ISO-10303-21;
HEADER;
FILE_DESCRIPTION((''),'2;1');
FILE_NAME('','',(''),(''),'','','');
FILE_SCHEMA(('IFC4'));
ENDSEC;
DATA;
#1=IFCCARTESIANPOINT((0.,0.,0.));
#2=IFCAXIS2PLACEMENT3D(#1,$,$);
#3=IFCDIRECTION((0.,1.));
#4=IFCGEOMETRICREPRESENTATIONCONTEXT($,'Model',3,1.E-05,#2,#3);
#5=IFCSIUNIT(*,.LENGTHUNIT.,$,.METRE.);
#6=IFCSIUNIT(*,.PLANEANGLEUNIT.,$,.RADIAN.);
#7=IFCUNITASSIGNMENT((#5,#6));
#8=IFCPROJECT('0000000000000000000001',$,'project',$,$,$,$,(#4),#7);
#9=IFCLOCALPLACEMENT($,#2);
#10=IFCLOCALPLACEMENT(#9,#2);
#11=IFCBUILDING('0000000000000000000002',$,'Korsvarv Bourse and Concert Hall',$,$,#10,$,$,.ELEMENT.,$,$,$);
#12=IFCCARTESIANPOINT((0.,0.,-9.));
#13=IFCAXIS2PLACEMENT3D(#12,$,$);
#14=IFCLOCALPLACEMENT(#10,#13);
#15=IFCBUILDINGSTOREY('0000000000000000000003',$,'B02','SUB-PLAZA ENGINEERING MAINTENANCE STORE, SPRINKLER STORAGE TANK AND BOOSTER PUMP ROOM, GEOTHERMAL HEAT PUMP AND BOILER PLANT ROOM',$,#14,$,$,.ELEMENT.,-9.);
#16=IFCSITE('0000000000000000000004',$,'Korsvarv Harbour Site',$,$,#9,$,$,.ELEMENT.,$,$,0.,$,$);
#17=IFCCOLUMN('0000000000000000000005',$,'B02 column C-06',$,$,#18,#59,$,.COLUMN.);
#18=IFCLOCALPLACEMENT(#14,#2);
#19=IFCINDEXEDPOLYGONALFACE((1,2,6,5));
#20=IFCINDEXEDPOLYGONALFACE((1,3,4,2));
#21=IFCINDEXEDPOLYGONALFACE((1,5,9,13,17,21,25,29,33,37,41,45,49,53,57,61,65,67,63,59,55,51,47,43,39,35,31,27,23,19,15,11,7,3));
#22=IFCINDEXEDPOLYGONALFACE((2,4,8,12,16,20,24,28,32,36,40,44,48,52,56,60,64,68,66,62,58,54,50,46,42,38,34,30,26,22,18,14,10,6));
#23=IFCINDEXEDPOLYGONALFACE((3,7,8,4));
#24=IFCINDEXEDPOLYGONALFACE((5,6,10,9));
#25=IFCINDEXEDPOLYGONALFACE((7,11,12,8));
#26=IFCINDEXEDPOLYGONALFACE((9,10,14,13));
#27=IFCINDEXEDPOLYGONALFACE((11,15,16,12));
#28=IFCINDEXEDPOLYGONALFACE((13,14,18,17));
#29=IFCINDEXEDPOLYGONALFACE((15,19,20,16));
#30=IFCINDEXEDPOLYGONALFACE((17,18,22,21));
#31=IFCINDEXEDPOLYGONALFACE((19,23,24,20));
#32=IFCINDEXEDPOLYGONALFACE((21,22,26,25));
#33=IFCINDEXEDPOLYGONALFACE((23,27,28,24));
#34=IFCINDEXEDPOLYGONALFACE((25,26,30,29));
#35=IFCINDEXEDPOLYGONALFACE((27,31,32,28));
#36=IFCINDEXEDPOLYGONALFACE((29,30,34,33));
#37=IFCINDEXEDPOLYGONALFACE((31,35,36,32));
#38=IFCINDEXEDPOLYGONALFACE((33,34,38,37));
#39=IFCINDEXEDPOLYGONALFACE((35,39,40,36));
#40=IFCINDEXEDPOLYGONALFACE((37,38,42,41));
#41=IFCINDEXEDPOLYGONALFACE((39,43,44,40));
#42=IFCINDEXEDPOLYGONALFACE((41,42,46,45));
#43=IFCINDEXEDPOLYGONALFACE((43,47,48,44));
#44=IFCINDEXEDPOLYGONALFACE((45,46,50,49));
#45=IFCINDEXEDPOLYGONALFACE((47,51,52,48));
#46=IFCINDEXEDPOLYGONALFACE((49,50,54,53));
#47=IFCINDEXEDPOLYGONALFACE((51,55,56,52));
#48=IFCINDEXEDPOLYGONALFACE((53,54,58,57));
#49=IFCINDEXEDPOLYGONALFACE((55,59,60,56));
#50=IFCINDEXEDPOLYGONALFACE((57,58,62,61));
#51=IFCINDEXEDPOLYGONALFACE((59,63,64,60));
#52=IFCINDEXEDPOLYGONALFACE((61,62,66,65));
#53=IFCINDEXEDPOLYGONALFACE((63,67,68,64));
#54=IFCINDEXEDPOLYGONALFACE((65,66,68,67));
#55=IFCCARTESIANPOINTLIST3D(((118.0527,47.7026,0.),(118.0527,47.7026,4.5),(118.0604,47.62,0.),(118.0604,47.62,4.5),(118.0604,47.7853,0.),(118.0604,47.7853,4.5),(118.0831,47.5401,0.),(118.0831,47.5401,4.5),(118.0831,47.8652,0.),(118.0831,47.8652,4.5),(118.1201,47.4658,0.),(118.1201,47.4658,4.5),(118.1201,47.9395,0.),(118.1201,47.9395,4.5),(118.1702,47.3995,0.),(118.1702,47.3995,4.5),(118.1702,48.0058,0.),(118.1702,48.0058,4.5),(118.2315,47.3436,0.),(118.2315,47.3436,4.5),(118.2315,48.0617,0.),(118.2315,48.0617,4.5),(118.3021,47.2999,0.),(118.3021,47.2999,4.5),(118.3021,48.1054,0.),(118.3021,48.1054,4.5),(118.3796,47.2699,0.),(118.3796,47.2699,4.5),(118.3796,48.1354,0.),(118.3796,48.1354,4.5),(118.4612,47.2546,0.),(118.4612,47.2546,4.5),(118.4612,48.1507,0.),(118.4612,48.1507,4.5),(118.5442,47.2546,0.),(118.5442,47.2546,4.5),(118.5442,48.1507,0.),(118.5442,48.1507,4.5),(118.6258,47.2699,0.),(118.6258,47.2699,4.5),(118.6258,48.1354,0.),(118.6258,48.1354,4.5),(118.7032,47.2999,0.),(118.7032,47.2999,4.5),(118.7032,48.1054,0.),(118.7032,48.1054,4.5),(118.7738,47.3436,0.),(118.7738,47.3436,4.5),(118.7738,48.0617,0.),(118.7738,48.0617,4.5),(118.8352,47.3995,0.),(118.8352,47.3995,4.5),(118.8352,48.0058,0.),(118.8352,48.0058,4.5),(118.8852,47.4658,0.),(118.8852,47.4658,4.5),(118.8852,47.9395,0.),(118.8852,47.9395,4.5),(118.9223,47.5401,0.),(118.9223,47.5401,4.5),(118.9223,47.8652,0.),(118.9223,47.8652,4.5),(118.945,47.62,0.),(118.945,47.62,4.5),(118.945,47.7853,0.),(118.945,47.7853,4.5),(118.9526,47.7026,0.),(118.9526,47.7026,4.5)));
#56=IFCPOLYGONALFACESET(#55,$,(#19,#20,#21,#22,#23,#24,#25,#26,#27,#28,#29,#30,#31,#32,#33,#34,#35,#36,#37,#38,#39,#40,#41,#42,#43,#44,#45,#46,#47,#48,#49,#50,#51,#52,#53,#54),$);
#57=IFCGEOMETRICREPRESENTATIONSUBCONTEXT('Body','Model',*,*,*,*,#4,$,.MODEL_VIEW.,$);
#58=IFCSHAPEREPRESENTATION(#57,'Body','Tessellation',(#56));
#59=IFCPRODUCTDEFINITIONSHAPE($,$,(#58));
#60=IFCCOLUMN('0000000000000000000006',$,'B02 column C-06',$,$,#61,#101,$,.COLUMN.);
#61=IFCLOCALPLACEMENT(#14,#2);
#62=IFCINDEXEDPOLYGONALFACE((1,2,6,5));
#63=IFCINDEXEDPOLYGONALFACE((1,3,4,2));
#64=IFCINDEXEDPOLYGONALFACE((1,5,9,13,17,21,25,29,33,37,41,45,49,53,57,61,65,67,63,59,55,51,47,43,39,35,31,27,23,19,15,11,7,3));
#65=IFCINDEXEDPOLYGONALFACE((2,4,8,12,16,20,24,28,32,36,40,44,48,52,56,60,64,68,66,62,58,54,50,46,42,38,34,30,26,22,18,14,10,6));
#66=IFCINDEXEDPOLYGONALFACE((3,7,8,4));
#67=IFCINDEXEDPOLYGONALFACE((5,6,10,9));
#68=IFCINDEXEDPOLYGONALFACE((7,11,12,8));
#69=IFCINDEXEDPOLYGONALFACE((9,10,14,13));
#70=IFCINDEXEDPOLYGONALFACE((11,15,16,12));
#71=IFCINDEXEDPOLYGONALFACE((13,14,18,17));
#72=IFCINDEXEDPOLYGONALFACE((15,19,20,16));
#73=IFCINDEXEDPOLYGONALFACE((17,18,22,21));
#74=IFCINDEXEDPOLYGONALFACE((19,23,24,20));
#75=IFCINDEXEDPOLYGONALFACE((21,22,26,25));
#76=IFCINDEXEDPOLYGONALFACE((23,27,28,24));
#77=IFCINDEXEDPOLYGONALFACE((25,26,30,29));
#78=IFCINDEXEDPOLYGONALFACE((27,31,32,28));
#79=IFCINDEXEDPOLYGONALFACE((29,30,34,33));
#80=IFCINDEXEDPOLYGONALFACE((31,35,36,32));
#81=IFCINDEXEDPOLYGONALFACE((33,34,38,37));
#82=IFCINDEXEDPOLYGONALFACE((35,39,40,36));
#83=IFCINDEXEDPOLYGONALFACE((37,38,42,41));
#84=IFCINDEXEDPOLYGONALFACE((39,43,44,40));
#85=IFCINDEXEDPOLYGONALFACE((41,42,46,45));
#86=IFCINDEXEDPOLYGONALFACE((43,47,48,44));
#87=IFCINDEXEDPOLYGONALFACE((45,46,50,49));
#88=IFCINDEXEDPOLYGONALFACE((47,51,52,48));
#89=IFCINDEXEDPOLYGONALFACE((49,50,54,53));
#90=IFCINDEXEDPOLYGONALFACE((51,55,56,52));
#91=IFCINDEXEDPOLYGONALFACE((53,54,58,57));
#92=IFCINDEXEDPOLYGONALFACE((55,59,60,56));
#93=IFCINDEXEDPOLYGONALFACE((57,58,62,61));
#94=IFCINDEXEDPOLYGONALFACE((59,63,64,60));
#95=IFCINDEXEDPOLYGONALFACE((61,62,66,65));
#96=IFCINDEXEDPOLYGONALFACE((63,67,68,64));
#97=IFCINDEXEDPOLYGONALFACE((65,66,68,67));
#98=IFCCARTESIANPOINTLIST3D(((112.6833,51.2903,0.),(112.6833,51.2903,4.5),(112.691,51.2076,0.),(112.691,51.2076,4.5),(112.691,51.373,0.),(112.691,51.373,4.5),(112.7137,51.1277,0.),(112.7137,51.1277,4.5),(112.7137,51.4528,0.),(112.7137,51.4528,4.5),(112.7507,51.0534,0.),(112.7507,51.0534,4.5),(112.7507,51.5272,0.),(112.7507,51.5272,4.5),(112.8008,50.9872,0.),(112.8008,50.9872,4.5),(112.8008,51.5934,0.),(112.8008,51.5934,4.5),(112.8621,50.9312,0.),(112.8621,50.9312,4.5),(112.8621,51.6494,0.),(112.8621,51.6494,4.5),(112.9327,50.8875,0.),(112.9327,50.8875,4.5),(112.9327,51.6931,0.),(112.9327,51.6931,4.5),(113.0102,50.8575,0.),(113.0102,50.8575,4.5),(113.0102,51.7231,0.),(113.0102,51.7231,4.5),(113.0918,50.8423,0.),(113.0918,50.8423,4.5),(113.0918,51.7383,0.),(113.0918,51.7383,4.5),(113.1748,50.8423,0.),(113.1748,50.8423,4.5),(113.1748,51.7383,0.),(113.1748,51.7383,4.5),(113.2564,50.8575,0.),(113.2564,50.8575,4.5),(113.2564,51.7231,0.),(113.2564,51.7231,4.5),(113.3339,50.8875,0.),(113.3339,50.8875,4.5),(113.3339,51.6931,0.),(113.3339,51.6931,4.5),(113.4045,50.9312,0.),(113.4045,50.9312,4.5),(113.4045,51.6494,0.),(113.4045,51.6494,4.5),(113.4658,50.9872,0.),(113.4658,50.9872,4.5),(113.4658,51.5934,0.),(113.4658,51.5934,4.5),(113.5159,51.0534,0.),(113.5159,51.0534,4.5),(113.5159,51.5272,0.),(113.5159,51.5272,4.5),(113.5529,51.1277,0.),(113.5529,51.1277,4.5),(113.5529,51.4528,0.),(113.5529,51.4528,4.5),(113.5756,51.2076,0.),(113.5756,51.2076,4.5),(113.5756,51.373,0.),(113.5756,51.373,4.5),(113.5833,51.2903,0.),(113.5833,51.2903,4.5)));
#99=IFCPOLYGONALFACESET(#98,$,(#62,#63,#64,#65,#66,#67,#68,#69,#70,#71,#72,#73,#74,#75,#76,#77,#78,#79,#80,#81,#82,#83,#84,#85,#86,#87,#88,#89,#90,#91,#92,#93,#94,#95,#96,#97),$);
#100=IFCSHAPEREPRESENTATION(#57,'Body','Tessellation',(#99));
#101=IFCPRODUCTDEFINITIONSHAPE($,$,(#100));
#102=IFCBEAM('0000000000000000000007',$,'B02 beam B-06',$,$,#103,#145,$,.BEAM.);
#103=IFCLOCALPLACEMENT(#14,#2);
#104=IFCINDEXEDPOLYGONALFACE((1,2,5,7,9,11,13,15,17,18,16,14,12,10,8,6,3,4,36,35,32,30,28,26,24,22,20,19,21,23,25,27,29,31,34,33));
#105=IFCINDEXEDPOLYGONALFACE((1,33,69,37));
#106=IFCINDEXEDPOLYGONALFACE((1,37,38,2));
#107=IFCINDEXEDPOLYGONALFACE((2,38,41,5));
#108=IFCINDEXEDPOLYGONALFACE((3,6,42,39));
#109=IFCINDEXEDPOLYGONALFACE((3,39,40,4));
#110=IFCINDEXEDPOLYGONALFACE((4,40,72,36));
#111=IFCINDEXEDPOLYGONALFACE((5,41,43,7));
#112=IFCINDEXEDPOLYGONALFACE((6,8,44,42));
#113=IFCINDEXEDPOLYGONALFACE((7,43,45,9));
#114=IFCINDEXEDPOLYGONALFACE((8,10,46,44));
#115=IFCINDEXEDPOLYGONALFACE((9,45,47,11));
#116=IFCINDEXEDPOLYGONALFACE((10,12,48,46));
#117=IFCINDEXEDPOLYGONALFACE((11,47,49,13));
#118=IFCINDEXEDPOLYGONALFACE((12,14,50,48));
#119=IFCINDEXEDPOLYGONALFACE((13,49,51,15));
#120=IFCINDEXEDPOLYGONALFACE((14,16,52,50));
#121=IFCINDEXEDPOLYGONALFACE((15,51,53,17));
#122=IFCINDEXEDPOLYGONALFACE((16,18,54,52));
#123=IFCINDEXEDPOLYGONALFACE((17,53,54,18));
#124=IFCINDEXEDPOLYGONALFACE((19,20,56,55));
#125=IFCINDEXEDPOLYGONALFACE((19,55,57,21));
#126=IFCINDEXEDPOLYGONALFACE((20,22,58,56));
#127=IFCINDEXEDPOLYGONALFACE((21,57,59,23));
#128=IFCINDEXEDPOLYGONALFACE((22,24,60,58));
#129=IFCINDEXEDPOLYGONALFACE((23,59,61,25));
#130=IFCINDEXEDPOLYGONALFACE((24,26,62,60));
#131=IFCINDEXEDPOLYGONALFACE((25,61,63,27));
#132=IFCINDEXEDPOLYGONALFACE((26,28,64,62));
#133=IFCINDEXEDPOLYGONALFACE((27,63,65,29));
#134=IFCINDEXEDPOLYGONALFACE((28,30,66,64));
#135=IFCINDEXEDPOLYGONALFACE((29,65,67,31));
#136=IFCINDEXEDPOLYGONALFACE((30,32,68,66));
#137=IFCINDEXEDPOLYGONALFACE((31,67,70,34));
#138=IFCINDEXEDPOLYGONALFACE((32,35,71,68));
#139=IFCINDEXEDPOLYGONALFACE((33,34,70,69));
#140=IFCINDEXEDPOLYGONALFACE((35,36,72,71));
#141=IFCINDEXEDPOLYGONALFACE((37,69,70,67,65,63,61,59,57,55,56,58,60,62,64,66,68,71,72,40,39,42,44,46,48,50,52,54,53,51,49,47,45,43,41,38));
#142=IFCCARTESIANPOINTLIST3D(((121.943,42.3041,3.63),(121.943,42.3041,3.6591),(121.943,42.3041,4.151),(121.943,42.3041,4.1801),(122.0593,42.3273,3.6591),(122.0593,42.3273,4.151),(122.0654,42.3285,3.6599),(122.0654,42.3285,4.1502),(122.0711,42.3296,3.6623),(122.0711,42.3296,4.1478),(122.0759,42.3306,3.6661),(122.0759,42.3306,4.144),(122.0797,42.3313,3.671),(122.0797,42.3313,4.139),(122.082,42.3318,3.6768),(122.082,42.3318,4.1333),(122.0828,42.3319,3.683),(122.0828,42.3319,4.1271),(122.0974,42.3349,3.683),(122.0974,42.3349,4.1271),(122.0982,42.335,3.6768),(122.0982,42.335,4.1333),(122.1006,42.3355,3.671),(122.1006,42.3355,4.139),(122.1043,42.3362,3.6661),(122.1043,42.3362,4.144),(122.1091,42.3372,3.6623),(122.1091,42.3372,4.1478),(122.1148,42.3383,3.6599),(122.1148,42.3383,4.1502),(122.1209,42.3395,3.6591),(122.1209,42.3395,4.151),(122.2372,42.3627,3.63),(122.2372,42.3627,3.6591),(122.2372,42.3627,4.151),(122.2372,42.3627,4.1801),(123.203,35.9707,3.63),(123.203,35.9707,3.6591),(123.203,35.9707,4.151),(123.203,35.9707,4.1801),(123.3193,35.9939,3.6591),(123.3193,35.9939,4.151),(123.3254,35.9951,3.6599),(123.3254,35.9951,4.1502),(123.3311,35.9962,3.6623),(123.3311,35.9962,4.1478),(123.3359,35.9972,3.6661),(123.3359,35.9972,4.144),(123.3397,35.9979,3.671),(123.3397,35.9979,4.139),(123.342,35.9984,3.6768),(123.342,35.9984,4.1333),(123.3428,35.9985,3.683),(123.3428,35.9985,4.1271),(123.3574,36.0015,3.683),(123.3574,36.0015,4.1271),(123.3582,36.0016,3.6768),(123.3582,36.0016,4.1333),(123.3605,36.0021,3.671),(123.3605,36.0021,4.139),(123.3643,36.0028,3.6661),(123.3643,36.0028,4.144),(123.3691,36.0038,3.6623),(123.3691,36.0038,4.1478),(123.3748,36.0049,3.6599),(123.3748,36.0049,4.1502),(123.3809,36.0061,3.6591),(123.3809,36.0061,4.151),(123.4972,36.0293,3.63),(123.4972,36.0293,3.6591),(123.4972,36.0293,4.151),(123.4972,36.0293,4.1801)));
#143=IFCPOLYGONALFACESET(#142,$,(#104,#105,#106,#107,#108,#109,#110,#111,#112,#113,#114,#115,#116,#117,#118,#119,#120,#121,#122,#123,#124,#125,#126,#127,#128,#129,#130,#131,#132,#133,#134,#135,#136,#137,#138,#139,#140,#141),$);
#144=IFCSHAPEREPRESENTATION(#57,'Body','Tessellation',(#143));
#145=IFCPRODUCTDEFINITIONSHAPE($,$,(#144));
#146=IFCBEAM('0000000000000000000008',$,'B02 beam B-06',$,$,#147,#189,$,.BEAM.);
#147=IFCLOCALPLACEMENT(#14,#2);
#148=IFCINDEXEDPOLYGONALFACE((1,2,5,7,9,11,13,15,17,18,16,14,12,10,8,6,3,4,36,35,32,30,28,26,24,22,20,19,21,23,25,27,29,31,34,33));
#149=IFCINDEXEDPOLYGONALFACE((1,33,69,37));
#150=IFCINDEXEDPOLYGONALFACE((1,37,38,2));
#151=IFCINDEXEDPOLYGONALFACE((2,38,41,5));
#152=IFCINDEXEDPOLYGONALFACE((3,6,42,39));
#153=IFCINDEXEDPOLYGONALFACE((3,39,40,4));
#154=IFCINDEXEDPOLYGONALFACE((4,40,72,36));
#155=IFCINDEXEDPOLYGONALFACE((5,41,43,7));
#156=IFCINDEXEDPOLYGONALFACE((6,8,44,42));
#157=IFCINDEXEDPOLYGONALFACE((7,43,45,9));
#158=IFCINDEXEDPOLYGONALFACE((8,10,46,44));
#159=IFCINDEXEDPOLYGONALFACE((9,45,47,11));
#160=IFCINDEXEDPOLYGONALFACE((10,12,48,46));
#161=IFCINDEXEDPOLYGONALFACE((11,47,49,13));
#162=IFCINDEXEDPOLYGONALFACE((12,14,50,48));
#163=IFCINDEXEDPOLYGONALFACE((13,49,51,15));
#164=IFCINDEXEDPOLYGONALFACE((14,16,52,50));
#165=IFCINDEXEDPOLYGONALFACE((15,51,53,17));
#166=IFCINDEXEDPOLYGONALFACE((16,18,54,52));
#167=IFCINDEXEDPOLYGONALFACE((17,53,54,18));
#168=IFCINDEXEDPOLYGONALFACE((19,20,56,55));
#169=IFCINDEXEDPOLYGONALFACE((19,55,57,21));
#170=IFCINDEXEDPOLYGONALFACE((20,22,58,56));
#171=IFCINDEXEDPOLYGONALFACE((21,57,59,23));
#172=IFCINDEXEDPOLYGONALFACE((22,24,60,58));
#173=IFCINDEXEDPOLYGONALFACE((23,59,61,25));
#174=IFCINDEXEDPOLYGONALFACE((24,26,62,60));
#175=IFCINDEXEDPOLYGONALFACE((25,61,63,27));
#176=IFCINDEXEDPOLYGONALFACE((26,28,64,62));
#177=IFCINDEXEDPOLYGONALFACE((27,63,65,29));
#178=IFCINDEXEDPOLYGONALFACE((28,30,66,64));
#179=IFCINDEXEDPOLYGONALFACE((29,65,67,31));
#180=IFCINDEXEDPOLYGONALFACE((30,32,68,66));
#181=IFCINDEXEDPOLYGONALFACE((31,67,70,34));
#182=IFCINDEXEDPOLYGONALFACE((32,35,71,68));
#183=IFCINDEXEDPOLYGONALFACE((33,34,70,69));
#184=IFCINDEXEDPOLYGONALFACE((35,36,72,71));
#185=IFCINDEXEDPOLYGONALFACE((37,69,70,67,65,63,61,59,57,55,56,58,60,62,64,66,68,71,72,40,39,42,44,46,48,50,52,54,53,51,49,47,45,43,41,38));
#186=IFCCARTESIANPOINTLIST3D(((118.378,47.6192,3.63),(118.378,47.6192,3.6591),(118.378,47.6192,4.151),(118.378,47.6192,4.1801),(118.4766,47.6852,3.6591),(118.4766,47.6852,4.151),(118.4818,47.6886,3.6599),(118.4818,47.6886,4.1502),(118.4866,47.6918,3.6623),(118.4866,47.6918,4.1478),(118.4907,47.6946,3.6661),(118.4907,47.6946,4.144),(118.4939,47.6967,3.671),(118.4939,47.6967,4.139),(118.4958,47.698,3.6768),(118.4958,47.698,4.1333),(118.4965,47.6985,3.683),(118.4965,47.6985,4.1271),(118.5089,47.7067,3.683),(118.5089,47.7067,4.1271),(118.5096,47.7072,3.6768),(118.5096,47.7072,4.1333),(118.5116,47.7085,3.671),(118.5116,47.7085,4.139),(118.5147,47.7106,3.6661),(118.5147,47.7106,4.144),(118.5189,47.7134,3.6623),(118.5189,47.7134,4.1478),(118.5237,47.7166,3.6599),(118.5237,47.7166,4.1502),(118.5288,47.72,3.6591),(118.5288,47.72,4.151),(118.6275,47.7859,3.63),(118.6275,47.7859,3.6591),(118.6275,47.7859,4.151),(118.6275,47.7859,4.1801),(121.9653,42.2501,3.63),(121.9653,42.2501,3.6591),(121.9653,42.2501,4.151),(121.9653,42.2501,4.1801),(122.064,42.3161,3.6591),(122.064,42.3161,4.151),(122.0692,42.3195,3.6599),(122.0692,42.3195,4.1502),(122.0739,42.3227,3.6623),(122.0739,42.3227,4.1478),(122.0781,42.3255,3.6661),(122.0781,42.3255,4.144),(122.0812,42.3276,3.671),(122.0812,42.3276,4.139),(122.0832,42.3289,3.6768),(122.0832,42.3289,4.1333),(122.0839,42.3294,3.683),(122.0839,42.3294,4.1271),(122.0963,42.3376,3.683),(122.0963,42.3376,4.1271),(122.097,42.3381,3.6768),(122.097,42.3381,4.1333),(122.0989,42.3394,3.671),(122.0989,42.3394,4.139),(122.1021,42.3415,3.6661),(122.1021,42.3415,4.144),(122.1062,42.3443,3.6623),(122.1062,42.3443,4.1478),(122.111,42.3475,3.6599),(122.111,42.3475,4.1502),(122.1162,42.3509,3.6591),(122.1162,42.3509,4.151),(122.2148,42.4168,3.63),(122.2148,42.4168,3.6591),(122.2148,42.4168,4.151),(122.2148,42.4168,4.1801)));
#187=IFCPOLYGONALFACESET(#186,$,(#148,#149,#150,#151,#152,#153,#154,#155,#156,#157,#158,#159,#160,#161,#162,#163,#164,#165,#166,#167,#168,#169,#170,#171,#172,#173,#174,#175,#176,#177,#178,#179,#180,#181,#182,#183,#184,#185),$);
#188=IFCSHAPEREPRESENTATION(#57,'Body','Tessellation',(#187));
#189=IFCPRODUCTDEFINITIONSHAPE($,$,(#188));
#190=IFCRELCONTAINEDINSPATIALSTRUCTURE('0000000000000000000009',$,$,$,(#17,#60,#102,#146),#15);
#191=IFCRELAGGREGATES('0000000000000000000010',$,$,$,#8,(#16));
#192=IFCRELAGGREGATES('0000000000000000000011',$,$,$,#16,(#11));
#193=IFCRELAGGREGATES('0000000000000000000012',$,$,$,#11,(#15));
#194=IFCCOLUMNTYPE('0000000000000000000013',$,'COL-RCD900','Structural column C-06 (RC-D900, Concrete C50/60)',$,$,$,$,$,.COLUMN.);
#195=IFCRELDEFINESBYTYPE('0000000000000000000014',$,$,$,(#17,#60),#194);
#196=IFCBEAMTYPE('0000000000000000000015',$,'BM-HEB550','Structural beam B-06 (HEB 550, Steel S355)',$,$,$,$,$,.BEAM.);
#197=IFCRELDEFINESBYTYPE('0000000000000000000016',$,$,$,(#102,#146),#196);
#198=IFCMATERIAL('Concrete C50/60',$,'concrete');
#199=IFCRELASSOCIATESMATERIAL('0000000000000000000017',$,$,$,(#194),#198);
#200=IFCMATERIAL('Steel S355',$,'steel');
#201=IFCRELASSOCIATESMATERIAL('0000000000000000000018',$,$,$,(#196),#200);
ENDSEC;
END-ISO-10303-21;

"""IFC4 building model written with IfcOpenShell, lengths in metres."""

from ifc_helpers import new_model, si_unit, direction, frame, origin, origin_2d, place, context, subcontext, project, spatial, circle, i_section, extrude, source, transform, mapped, material, material_profile, profile_set, type_object, element, save


model = new_model("IFC4")

# Units and contexts
model_context = context("Model", 3, precision=1e-05, world=origin(), true_north=direction((0.0, 1.0)))
body_context = subcontext(model_context, "Body", "Model", "MODEL_VIEW")
ifc_project = project(units=[si_unit("LENGTHUNIT", "METRE"), si_unit("PLANEANGLEUNIT", "RADIAN")], contexts=[model_context])

# Site, building, storey
site_placement = place(None, origin())
site = spatial("IfcSite", under=ifc_project, at=site_placement, Name="Korsvarv Harbour Site", CompositionType="ELEMENT", RefElevation=0.0)
building_placement = place(site_placement, origin())
building = spatial("IfcBuilding", under=site, at=building_placement, Name="Korsvarv Bourse and Concert Hall", CompositionType="ELEMENT")
storey_placement = place(building_placement, frame((0.0, 0.0, -9.0)))
storey = spatial("IfcBuildingStorey", under=building, at=storey_placement, Name="B02", Description="SUB-PLAZA ENGINEERING MAINTENANCE STORE, SPRINKLER STORAGE TANK AND BOOSTER PUMP ROOM, GEOTHERMAL HEAT PUMP AND BOILER PLANT ROOM", CompositionType="ELEMENT", Elevation=-9.0)

# Columns
ifc_material_1 = material(Name="Concrete C50/60", Category="concrete")
ifc_material_profile_1 = material_profile(ifc_material_1, circle(Radius=0.45, at=origin_2d()), Name="RC-D900")
ifc_profile_set_1 = profile_set([ifc_material_profile_1], Name="Concrete C50/60")
column_type_1 = type_object("IfcColumnType", Name="COL-RCD900", Description="Structural column C-06 (RC-D900, Concrete C50/60)", PredefinedType="COLUMN", material=ifc_profile_set_1)
shared_shape_1 = source(origin(), body_context, "Body", "SweptSolid", [
    extrude(circle(Radius=0.45, at=origin_2d()), origin(), (0.0, 0.0, 1.0), 4.5),
])
for number, where, z_axis, x_axis, name in (
    (1, (118.5027, 47.7026, 0.0), (0.0, 0.0, 1.0), (1.0, 0.0, 0.0), "B02 column C-06"),
    (2, (113.1333, 51.2903, 0.0), (0.0, 0.0, 1.0), (1.0, 0.0, 0.0), "B02 column C-06"),
):
    element("IfcColumn", number, at=place(storey_placement, frame(where, z_axis=z_axis, x_axis=x_axis)), inside=storey, type_object=column_type_1, Name=name, PredefinedType="COLUMN", context=body_context, shape_type="MappedRepresentation", body=[
        mapped(shared_shape_1, transform((0.0, 0.0, 0.0), scale=1.0)),
    ])

# Beams
ifc_material_2 = material(Name="Steel S355", Category="steel")
ifc_material_profile_2 = material_profile(ifc_material_2, i_section(OverallWidth=0.3, OverallDepth=0.55, WebThickness=0.0149, FlangeThickness=0.0291, FilletRadius=0.0239, at=origin_2d()), Name="HEB 550")
ifc_profile_set_2 = profile_set([ifc_material_profile_2], Name="Steel S355")
beam_type_1 = type_object("IfcBeamType", Name="BM-HEB550", Description="Structural beam B-06 (HEB 550, Steel S355)", PredefinedType="BEAM", material=ifc_profile_set_2)
shared_shape_2 = source(origin(), body_context, "Body", "SweptSolid", [
    extrude(i_section(OverallWidth=0.3, OverallDepth=0.55, WebThickness=0.0149, FlangeThickness=0.0291, FilletRadius=0.0239, at=origin_2d()), origin(), (0.0, 0.0, 1.0), 6.4575),
])
beam_1_placement = place(storey_placement, frame((123.3501, 36.0, 3.905), z_axis=(-0.19512, 0.980779, 0.0), x_axis=(-0.980779, -0.19512, 0.0)))
element("IfcBeam", 3, at=beam_1_placement, inside=storey, type_object=beam_type_1, Name="B02 beam B-06", PredefinedType="BEAM", context=body_context, shape_type="MappedRepresentation", body=[
    mapped(shared_shape_2, transform((0.0, 0.0, 0.0), scale=1.0)),
])
shared_shape_3 = source(origin(), body_context, "Body", "SweptSolid", [
    extrude(i_section(OverallWidth=0.3, OverallDepth=0.55, WebThickness=0.0149, FlangeThickness=0.0291, FilletRadius=0.0239, at=origin_2d()), origin(), (0.0, 0.0, 1.0), 6.4573),
])
for number, where, z_axis, x_axis, name in (
    (4, (122.0901, 42.3335, 3.905), (-0.555555, 0.83148, 0.0), (-0.83148, -0.555555, 0.0), "B02 beam B-06"),
):
    element("IfcBeam", number, at=place(storey_placement, frame(where, z_axis=z_axis, x_axis=x_axis)), inside=storey, type_object=beam_type_1, Name=name, PredefinedType="BEAM", context=body_context, shape_type="MappedRepresentation", body=[
        mapped(shared_shape_3, transform((0.0, 0.0, 0.0), scale=1.0)),
    ])

save(model, "model.ifc")
